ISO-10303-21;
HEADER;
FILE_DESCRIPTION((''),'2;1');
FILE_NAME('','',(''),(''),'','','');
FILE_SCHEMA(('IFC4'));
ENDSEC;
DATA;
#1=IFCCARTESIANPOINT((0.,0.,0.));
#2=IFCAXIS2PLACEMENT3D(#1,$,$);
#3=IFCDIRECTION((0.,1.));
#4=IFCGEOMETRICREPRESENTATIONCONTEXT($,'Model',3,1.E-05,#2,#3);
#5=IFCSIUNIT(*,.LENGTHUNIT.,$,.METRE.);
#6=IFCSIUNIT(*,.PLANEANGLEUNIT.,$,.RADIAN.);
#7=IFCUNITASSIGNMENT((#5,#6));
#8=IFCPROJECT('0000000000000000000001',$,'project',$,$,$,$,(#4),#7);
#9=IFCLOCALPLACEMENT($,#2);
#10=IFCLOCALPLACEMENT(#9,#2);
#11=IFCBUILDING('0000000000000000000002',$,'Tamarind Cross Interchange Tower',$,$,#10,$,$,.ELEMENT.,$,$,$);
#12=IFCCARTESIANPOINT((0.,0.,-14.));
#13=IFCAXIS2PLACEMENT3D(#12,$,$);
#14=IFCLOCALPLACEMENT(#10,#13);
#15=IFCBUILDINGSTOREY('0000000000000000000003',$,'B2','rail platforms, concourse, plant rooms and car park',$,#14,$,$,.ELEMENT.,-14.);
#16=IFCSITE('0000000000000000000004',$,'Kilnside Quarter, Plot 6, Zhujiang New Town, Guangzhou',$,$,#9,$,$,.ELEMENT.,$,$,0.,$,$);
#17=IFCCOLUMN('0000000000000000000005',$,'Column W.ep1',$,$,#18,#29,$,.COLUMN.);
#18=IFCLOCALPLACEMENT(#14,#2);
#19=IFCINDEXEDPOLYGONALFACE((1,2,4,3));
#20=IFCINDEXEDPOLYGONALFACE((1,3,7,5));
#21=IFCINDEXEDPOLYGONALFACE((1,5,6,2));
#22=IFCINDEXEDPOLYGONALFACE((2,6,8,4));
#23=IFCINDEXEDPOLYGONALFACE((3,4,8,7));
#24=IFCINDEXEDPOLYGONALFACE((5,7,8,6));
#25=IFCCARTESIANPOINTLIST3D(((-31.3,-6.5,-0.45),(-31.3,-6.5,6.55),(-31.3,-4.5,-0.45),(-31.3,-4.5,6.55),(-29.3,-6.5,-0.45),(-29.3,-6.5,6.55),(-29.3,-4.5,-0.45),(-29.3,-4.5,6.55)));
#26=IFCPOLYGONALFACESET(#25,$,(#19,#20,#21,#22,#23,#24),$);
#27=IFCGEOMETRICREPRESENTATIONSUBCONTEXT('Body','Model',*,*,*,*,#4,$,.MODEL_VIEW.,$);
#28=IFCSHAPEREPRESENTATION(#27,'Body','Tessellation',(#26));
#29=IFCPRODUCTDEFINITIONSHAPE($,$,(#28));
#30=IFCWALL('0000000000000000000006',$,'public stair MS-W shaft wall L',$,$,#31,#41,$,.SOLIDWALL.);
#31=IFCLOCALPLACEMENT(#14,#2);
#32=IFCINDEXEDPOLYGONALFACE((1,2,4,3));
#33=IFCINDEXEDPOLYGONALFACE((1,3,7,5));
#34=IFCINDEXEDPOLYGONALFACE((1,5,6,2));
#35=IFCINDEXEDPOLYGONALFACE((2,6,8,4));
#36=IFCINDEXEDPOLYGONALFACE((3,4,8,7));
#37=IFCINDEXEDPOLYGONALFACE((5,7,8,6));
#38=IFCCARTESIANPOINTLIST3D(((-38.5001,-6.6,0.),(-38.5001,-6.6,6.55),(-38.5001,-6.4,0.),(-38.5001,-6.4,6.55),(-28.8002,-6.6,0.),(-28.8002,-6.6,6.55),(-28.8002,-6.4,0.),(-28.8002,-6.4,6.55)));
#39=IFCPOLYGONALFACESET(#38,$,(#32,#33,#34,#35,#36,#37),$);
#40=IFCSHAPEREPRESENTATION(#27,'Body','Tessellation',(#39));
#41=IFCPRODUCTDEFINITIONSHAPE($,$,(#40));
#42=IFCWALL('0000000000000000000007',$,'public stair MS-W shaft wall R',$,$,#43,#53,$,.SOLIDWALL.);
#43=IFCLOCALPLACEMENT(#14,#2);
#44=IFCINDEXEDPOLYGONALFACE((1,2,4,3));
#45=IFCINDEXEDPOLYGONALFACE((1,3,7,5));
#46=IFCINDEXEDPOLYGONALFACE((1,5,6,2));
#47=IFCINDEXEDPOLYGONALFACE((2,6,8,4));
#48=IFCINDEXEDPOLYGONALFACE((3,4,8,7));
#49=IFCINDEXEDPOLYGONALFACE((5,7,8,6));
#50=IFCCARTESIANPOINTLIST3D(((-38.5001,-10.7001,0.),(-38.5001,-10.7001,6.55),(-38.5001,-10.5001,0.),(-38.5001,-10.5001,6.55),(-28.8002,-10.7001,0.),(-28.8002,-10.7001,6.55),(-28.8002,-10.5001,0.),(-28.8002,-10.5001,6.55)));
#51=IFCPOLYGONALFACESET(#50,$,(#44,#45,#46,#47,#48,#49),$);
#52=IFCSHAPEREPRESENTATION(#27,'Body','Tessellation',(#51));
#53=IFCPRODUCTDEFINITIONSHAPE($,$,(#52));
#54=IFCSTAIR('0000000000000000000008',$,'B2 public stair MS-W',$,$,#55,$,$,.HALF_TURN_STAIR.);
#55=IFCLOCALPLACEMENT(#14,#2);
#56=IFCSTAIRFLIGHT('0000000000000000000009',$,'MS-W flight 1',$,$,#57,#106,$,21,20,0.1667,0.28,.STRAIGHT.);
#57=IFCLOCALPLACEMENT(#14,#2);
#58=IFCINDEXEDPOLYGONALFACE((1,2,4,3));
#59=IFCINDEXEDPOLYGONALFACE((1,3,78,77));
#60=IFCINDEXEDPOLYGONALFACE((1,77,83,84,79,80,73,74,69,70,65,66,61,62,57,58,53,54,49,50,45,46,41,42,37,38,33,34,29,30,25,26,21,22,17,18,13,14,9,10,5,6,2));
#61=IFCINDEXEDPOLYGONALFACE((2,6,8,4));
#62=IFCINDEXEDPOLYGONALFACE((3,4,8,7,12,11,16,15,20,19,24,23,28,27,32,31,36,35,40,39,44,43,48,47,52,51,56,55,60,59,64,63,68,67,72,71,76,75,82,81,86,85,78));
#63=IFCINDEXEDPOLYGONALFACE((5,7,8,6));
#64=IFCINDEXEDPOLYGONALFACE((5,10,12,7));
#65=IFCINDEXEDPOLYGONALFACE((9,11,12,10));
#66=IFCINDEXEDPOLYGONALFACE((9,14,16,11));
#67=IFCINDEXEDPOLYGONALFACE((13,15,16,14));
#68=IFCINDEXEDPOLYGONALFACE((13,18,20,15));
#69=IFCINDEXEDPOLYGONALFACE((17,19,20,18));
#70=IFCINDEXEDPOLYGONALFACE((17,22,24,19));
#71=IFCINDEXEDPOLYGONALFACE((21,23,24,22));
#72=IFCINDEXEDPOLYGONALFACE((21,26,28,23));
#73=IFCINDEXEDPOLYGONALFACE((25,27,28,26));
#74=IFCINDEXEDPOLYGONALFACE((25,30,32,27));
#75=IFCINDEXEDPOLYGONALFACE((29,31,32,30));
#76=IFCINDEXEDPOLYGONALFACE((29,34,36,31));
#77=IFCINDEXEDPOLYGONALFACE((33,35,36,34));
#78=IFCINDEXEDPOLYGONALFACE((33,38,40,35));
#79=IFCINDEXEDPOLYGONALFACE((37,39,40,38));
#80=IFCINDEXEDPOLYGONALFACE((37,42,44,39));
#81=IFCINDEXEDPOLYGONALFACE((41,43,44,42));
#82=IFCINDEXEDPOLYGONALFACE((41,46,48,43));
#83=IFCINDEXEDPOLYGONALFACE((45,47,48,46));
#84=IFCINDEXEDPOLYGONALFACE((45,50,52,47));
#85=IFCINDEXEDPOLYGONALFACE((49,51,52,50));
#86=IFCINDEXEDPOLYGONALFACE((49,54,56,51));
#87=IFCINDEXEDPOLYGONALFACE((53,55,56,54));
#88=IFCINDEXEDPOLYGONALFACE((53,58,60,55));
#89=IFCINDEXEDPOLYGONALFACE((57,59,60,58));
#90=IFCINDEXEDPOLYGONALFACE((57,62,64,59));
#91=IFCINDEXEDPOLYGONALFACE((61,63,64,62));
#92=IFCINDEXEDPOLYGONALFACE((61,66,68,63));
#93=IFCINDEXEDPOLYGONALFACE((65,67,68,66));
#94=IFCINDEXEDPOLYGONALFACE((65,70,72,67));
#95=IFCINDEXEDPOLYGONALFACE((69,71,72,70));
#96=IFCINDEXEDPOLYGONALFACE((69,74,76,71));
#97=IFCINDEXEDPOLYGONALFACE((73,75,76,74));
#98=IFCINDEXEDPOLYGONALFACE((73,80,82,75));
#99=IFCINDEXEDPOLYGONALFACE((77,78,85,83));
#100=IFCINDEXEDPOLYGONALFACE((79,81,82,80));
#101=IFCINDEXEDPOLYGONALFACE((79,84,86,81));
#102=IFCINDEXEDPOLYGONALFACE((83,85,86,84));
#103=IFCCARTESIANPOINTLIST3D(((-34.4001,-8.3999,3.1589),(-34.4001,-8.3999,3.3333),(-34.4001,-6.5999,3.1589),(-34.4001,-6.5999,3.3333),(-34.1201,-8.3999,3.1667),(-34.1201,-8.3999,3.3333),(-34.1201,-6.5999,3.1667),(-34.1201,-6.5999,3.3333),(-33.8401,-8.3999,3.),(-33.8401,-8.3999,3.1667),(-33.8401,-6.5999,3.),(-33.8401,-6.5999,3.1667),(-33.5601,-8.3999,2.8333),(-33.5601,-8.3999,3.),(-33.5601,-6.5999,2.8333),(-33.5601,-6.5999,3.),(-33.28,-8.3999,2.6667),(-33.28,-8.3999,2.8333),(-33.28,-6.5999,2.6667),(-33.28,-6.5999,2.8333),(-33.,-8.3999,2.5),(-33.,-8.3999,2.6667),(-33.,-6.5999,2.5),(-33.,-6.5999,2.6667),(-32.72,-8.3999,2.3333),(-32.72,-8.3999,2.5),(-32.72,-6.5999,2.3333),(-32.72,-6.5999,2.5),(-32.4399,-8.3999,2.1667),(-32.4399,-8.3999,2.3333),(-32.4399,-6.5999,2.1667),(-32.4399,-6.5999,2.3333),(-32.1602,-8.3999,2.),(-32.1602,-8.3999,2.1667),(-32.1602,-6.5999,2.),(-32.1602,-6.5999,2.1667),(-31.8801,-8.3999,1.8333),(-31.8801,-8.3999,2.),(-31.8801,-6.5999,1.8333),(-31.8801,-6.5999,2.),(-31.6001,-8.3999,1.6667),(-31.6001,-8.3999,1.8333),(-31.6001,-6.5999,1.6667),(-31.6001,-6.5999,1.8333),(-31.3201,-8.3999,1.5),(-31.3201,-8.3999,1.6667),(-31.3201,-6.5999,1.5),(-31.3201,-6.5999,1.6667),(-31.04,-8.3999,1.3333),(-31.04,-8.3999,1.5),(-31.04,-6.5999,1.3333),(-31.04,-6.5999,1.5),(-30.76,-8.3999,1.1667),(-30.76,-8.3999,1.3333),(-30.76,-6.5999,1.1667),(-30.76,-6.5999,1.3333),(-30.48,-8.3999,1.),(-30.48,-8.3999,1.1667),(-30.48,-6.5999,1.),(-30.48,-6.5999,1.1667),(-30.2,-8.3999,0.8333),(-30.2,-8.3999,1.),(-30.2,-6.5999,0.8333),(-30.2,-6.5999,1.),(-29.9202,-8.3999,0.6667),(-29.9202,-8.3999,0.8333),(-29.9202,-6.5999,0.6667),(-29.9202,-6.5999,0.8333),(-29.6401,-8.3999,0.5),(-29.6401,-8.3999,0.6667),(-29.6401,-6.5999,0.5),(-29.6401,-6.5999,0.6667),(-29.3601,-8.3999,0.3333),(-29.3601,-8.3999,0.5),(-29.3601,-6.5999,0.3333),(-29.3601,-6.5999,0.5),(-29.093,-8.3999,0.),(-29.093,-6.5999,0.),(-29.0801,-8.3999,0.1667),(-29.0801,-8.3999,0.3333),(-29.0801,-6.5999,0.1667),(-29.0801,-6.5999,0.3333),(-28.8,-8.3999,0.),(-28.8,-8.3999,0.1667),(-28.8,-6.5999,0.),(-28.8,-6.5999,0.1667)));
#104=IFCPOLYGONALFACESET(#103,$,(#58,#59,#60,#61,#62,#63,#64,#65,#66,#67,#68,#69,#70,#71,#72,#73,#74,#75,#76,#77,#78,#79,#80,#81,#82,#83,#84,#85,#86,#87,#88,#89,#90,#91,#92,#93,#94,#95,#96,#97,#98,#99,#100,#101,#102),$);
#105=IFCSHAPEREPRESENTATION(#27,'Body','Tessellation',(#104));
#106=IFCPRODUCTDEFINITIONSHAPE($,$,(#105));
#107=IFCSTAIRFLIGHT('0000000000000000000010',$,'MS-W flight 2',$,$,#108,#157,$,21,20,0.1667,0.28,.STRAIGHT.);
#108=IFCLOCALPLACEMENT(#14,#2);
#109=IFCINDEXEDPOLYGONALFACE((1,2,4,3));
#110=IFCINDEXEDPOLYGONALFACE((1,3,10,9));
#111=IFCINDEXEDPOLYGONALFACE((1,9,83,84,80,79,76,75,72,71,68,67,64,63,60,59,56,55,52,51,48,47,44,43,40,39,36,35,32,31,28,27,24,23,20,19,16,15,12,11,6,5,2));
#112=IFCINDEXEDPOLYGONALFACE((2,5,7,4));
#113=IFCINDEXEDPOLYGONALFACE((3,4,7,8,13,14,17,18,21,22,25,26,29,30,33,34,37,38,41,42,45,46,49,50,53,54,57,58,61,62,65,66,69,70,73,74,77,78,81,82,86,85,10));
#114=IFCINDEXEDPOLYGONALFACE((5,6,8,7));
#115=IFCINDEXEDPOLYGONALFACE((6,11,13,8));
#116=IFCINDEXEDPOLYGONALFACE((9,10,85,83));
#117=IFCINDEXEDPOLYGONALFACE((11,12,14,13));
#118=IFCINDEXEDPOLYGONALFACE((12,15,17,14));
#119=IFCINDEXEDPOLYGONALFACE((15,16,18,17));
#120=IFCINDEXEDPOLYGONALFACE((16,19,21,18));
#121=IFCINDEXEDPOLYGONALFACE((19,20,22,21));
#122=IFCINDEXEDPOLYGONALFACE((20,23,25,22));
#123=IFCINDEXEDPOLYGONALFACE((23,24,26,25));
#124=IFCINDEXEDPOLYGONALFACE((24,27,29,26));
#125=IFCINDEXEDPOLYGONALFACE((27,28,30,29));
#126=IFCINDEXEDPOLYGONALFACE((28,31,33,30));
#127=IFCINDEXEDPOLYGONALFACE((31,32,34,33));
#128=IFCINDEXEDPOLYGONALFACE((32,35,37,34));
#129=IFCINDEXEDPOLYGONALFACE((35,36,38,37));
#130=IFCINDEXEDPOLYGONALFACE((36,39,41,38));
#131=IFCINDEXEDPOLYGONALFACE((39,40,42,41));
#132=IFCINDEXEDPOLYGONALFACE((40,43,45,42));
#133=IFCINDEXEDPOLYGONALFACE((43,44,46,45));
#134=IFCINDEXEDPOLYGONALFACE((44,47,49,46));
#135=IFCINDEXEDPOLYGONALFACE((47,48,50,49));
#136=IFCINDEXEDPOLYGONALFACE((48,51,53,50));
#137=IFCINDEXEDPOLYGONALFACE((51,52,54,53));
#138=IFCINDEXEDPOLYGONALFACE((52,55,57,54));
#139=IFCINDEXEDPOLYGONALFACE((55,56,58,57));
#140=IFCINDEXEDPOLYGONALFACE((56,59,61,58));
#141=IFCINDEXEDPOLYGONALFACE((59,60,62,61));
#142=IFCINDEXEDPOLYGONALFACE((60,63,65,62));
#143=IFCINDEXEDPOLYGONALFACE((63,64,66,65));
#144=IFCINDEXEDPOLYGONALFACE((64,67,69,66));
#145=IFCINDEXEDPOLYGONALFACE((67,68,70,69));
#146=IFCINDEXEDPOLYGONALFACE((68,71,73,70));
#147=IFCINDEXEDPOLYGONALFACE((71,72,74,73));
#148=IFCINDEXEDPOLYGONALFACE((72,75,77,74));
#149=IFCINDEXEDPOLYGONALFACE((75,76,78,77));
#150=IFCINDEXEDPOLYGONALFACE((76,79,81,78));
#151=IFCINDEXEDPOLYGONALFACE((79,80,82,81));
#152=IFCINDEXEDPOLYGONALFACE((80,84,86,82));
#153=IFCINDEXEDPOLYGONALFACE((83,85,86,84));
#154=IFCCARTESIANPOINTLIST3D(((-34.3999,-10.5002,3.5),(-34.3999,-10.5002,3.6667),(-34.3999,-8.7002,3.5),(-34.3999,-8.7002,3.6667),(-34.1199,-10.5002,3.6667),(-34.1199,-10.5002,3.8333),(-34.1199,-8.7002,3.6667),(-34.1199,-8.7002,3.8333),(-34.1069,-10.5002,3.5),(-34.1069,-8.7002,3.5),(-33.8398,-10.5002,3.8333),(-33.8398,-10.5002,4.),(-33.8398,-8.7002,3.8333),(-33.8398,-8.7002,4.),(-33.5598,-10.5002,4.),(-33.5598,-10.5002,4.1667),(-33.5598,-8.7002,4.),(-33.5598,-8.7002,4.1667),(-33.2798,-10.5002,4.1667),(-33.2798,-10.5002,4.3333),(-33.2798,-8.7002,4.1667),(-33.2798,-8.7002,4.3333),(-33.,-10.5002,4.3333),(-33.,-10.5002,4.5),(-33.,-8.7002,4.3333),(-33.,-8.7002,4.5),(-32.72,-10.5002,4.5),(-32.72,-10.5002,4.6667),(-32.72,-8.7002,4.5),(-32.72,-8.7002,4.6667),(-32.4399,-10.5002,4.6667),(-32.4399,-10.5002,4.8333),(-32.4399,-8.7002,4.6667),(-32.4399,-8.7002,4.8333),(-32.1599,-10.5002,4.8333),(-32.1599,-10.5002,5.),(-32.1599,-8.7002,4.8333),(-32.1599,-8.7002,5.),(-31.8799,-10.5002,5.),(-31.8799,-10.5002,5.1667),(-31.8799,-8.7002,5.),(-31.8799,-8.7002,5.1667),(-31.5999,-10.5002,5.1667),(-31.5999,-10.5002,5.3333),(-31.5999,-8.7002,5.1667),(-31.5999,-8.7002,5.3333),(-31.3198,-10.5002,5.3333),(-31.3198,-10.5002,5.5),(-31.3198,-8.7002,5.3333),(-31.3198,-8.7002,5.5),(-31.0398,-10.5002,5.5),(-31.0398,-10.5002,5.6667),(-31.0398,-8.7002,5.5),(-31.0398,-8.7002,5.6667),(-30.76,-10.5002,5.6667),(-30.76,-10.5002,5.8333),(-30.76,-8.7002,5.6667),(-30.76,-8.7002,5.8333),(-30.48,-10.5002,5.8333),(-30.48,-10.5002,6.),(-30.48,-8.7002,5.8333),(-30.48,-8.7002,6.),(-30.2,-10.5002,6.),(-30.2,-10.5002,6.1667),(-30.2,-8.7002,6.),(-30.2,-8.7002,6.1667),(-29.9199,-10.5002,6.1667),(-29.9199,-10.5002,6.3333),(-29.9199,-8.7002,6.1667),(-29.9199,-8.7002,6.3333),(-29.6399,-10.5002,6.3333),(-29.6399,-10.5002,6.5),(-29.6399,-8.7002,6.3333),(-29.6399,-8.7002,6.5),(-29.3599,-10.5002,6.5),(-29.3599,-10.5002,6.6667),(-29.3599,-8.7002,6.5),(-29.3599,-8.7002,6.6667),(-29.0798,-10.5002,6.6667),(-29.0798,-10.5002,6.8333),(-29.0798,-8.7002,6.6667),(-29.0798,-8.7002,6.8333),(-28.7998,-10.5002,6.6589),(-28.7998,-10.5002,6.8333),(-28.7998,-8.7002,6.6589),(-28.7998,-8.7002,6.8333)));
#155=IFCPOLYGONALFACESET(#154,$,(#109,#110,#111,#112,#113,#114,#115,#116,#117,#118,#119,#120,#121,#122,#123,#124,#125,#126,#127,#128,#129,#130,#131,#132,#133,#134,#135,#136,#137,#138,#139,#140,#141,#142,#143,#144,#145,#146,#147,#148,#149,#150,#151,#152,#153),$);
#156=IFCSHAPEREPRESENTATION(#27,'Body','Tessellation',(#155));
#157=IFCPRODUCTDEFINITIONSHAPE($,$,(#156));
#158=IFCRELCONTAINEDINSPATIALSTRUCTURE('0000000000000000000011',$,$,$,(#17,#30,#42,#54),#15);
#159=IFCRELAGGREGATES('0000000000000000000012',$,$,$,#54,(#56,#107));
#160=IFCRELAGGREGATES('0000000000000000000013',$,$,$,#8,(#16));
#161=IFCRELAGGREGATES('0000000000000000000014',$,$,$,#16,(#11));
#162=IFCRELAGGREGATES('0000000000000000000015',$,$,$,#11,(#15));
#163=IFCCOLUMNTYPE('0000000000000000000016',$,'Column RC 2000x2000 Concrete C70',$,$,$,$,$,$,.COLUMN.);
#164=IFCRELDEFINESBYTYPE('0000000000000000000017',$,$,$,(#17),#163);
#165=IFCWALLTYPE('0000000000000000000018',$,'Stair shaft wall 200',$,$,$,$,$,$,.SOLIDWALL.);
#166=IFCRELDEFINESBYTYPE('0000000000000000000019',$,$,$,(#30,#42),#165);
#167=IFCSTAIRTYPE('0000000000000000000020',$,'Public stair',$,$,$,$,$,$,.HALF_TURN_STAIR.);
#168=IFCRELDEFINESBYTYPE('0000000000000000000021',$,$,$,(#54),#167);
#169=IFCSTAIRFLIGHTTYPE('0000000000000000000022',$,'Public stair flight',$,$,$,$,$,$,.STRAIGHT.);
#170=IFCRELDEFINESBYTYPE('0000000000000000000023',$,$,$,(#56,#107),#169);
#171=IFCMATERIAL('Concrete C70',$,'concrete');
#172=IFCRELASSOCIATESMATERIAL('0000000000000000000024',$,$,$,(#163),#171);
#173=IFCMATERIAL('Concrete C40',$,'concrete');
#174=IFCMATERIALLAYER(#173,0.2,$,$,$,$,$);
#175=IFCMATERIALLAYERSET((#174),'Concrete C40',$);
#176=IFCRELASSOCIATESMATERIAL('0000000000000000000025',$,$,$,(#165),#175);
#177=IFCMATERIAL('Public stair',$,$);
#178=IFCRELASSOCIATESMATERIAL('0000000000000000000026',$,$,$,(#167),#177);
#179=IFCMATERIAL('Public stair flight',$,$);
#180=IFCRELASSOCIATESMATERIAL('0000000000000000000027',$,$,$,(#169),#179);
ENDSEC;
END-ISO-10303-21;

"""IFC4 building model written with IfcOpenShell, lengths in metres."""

from ifc_helpers import new_model, si_unit, direction, frame, frame_2d, origin, origin_2d, place, context, subcontext, project, spatial, polyline, rectangle, outline, extrude, material, layer, layer_set, material_profile, profile_set, type_object, element, aggregate, save


model = new_model("IFC4")

# Units and contexts
model_context = context("Model", 3, precision=1e-05, world=origin(), true_north=direction((0.0, 1.0)))
body_context = subcontext(model_context, "Body", "Model", "MODEL_VIEW")
ifc_project = project(units=[si_unit("LENGTHUNIT", "METRE"), si_unit("PLANEANGLEUNIT", "RADIAN")], contexts=[model_context])

# Site, building, storey
site_placement = place(None, origin())
site = spatial("IfcSite", under=ifc_project, at=site_placement, Name="Kilnside Quarter, Plot 6, Zhujiang New Town, Guangzhou", CompositionType="ELEMENT", RefElevation=0.0)
building_placement = place(site_placement, origin())
building = spatial("IfcBuilding", under=site, at=building_placement, Name="Tamarind Cross Interchange Tower", CompositionType="ELEMENT")
storey_placement = place(building_placement, frame((0.0, 0.0, -14.0)))
storey = spatial("IfcBuildingStorey", under=building, at=storey_placement, Name="B2", Description="rail platforms, concourse, plant rooms and car park", CompositionType="ELEMENT", Elevation=-14.0)

# Column
ifc_material_1 = material(Name="Concrete C70", Category="concrete")
ifc_material_profile = material_profile(ifc_material_1, rectangle(XDim=2.0, YDim=2.0, at=origin_2d()), Name="RC 2000x2000")
ifc_profile_set = profile_set([ifc_material_profile], Name="Concrete C70")
column_type = type_object("IfcColumnType", Name="Column RC 2000x2000 Concrete C70", PredefinedType="COLUMN", material=ifc_profile_set)
column_placement = place(storey_placement, frame((-30.3, -5.5, -0.45), z_axis=(0.0, 0.0, 1.0), x_axis=(1.0, 0.0, 0.0)))
element("IfcColumn", 1, at=column_placement, inside=storey, type_object=column_type, Name="Column W.ep1", PredefinedType="COLUMN", context=body_context, shape_type="SweptSolid", body=[
    extrude(rectangle(XDim=2.0, YDim=2.0, at=origin_2d()), origin(), (0.0, 0.0, 1.0), 7.0),
])

# Walls
ifc_material_2 = material(Name="Concrete C40", Category="concrete")
ifc_layer = layer(ifc_material_2, 0.2)
ifc_layer_set = layer_set([ifc_layer], Name="Concrete C40")
wall_type = type_object("IfcWallType", Name="Stair shaft wall 200", PredefinedType="SOLIDWALL", material=ifc_layer_set)
for number, where, z_axis, x_axis, name in (
    (2, (-28.8, -6.5, 0.0), (0.0, 0.0, 1.0), (-1.0, 0.0, 0.0), "public stair MS-W shaft wall L"),
    (3, (-28.8, -10.6001, 0.0), (0.0, 0.0, 1.0), (-1.0, 0.0, 0.0), "public stair MS-W shaft wall R"),
):
    element("IfcWall", number, at=place(storey_placement, frame(where, z_axis=z_axis, x_axis=x_axis)), inside=storey, type_object=wall_type, Name=name, PredefinedType="SOLIDWALL", context=body_context, shape_type="SweptSolid", body=[
        extrude(rectangle(XDim=9.7, YDim=0.2, at=frame_2d((4.8501, 0.0))), origin(), (0.0, 0.0, 1.0), 6.55),
    ])

# Stair, stair flights
ifc_material_3 = material(Name="Public stair")
stair_type = type_object("IfcStairType", Name="Public stair", PredefinedType="HALF_TURN_STAIR", material=ifc_material_3)
stair_placement = place(storey_placement, origin())
stair = element("IfcStair", 4, at=stair_placement, inside=storey, type_object=stair_type, Name="B2 public stair MS-W", PredefinedType="HALF_TURN_STAIR")
ifc_material_4 = material(Name="Public stair flight")
stair_flight_type = type_object("IfcStairFlightType", Name="Public stair flight", PredefinedType="STRAIGHT", material=ifc_material_4)
stair_flight_1_placement = place(storey_placement, frame((-28.8, -7.5, 0.0), z_axis=(0.0, 0.0, 1.0), x_axis=(-1.0, 0.0, 0.0)))
stair_flight_1 = element("IfcStairFlight", 5, at=stair_flight_1_placement, type_object=stair_flight_type, Name="MS-W flight 1", NumberOfRisers=21, NumberOfTreads=20, PredefinedType="STRAIGHT", RiserHeight=0.1667, TreadLength=0.28, context=body_context, shape_type="SweptSolid", body=[
    extrude(outline(polyline([(0.0, 0.0), (0.0, 0.1667), (0.28, 0.1667), (0.28, 0.3333), (0.5601, 0.3333), (0.5601, 0.5), (0.8401, 0.5), (0.8401, 0.6667), (1.1201, 0.6667), (1.1201, 0.8333), (1.3999, 0.8333), (1.3999, 1.0), (1.6799, 1.0), (1.6799, 1.1667), (1.96, 1.1667), (1.96, 1.3333), (2.24, 1.3333), (2.24, 1.5), (2.52, 1.5), (2.52, 1.6667), (2.8, 1.6667), (2.8, 1.8333), (3.0801, 1.8333), (3.0801, 2.0), (3.3601, 2.0), (3.3601, 2.1667), (3.6399, 2.1667), (3.6399, 2.3333), (3.9199, 2.3333), (3.9199, 2.5), (4.2, 2.5), (4.2, 2.6667), (4.48, 2.6667), (4.48, 2.8333), (4.76, 2.8333), (4.76, 3.0), (5.04, 3.0), (5.04, 3.1667), (5.3201, 3.1667), (5.3201, 3.3333), (5.6001, 3.3333), (5.6001, 3.5), (5.6001, 3.1589), (0.293, 0.0), (0.0, 0.0)])), frame((0.0, 0.8999, 0.0), z_axis=(0.0, -1.0, 0.0), x_axis=(1.0, 0.0, 0.0)), (0.0, 0.0, 1.0), 1.8),
])
stair_flight_2_placement = place(storey_placement, frame((-34.3999, -9.6001, 3.5), z_axis=(0.0, 0.0, 1.0), x_axis=(1.0, 0.0, 0.0)))
stair_flight_2 = element("IfcStairFlight", 6, at=stair_flight_2_placement, type_object=stair_flight_type, Name="MS-W flight 2", NumberOfRisers=21, NumberOfTreads=20, PredefinedType="STRAIGHT", RiserHeight=0.1667, TreadLength=0.28, context=body_context, shape_type="SweptSolid", body=[
    extrude(outline(polyline([(0.0, 0.0), (0.0, 0.1667), (0.28, 0.1667), (0.28, 0.3333), (0.5601, 0.3333), (0.5601, 0.5), (0.8401, 0.5), (0.8401, 0.6667), (1.1201, 0.6667), (1.1201, 0.8333), (1.3999, 0.8333), (1.3999, 1.0), (1.6799, 1.0), (1.6799, 1.1667), (1.96, 1.1667), (1.96, 1.3333), (2.24, 1.3333), (2.24, 1.5), (2.52, 1.5), (2.52, 1.6667), (2.8, 1.6667), (2.8, 1.8333), (3.0801, 1.8333), (3.0801, 2.0), (3.3601, 2.0), (3.3601, 2.1667), (3.6399, 2.1667), (3.6399, 2.3333), (3.9199, 2.3333), (3.9199, 2.5), (4.2, 2.5), (4.2, 2.6667), (4.48, 2.6667), (4.48, 2.8333), (4.76, 2.8333), (4.76, 3.0), (5.04, 3.0), (5.04, 3.1667), (5.3201, 3.1667), (5.3201, 3.3333), (5.6001, 3.3333), (5.6001, 3.5), (5.6001, 3.1589), (0.293, 0.0), (0.0, 0.0)])), frame((0.0, 0.8999, 0.0), z_axis=(0.0, -1.0, 0.0), x_axis=(1.0, 0.0, 0.0)), (0.0, 0.0, 1.0), 1.8),
])
aggregate(stair, [stair_flight_1, stair_flight_2])

save(model, "model.ifc")
